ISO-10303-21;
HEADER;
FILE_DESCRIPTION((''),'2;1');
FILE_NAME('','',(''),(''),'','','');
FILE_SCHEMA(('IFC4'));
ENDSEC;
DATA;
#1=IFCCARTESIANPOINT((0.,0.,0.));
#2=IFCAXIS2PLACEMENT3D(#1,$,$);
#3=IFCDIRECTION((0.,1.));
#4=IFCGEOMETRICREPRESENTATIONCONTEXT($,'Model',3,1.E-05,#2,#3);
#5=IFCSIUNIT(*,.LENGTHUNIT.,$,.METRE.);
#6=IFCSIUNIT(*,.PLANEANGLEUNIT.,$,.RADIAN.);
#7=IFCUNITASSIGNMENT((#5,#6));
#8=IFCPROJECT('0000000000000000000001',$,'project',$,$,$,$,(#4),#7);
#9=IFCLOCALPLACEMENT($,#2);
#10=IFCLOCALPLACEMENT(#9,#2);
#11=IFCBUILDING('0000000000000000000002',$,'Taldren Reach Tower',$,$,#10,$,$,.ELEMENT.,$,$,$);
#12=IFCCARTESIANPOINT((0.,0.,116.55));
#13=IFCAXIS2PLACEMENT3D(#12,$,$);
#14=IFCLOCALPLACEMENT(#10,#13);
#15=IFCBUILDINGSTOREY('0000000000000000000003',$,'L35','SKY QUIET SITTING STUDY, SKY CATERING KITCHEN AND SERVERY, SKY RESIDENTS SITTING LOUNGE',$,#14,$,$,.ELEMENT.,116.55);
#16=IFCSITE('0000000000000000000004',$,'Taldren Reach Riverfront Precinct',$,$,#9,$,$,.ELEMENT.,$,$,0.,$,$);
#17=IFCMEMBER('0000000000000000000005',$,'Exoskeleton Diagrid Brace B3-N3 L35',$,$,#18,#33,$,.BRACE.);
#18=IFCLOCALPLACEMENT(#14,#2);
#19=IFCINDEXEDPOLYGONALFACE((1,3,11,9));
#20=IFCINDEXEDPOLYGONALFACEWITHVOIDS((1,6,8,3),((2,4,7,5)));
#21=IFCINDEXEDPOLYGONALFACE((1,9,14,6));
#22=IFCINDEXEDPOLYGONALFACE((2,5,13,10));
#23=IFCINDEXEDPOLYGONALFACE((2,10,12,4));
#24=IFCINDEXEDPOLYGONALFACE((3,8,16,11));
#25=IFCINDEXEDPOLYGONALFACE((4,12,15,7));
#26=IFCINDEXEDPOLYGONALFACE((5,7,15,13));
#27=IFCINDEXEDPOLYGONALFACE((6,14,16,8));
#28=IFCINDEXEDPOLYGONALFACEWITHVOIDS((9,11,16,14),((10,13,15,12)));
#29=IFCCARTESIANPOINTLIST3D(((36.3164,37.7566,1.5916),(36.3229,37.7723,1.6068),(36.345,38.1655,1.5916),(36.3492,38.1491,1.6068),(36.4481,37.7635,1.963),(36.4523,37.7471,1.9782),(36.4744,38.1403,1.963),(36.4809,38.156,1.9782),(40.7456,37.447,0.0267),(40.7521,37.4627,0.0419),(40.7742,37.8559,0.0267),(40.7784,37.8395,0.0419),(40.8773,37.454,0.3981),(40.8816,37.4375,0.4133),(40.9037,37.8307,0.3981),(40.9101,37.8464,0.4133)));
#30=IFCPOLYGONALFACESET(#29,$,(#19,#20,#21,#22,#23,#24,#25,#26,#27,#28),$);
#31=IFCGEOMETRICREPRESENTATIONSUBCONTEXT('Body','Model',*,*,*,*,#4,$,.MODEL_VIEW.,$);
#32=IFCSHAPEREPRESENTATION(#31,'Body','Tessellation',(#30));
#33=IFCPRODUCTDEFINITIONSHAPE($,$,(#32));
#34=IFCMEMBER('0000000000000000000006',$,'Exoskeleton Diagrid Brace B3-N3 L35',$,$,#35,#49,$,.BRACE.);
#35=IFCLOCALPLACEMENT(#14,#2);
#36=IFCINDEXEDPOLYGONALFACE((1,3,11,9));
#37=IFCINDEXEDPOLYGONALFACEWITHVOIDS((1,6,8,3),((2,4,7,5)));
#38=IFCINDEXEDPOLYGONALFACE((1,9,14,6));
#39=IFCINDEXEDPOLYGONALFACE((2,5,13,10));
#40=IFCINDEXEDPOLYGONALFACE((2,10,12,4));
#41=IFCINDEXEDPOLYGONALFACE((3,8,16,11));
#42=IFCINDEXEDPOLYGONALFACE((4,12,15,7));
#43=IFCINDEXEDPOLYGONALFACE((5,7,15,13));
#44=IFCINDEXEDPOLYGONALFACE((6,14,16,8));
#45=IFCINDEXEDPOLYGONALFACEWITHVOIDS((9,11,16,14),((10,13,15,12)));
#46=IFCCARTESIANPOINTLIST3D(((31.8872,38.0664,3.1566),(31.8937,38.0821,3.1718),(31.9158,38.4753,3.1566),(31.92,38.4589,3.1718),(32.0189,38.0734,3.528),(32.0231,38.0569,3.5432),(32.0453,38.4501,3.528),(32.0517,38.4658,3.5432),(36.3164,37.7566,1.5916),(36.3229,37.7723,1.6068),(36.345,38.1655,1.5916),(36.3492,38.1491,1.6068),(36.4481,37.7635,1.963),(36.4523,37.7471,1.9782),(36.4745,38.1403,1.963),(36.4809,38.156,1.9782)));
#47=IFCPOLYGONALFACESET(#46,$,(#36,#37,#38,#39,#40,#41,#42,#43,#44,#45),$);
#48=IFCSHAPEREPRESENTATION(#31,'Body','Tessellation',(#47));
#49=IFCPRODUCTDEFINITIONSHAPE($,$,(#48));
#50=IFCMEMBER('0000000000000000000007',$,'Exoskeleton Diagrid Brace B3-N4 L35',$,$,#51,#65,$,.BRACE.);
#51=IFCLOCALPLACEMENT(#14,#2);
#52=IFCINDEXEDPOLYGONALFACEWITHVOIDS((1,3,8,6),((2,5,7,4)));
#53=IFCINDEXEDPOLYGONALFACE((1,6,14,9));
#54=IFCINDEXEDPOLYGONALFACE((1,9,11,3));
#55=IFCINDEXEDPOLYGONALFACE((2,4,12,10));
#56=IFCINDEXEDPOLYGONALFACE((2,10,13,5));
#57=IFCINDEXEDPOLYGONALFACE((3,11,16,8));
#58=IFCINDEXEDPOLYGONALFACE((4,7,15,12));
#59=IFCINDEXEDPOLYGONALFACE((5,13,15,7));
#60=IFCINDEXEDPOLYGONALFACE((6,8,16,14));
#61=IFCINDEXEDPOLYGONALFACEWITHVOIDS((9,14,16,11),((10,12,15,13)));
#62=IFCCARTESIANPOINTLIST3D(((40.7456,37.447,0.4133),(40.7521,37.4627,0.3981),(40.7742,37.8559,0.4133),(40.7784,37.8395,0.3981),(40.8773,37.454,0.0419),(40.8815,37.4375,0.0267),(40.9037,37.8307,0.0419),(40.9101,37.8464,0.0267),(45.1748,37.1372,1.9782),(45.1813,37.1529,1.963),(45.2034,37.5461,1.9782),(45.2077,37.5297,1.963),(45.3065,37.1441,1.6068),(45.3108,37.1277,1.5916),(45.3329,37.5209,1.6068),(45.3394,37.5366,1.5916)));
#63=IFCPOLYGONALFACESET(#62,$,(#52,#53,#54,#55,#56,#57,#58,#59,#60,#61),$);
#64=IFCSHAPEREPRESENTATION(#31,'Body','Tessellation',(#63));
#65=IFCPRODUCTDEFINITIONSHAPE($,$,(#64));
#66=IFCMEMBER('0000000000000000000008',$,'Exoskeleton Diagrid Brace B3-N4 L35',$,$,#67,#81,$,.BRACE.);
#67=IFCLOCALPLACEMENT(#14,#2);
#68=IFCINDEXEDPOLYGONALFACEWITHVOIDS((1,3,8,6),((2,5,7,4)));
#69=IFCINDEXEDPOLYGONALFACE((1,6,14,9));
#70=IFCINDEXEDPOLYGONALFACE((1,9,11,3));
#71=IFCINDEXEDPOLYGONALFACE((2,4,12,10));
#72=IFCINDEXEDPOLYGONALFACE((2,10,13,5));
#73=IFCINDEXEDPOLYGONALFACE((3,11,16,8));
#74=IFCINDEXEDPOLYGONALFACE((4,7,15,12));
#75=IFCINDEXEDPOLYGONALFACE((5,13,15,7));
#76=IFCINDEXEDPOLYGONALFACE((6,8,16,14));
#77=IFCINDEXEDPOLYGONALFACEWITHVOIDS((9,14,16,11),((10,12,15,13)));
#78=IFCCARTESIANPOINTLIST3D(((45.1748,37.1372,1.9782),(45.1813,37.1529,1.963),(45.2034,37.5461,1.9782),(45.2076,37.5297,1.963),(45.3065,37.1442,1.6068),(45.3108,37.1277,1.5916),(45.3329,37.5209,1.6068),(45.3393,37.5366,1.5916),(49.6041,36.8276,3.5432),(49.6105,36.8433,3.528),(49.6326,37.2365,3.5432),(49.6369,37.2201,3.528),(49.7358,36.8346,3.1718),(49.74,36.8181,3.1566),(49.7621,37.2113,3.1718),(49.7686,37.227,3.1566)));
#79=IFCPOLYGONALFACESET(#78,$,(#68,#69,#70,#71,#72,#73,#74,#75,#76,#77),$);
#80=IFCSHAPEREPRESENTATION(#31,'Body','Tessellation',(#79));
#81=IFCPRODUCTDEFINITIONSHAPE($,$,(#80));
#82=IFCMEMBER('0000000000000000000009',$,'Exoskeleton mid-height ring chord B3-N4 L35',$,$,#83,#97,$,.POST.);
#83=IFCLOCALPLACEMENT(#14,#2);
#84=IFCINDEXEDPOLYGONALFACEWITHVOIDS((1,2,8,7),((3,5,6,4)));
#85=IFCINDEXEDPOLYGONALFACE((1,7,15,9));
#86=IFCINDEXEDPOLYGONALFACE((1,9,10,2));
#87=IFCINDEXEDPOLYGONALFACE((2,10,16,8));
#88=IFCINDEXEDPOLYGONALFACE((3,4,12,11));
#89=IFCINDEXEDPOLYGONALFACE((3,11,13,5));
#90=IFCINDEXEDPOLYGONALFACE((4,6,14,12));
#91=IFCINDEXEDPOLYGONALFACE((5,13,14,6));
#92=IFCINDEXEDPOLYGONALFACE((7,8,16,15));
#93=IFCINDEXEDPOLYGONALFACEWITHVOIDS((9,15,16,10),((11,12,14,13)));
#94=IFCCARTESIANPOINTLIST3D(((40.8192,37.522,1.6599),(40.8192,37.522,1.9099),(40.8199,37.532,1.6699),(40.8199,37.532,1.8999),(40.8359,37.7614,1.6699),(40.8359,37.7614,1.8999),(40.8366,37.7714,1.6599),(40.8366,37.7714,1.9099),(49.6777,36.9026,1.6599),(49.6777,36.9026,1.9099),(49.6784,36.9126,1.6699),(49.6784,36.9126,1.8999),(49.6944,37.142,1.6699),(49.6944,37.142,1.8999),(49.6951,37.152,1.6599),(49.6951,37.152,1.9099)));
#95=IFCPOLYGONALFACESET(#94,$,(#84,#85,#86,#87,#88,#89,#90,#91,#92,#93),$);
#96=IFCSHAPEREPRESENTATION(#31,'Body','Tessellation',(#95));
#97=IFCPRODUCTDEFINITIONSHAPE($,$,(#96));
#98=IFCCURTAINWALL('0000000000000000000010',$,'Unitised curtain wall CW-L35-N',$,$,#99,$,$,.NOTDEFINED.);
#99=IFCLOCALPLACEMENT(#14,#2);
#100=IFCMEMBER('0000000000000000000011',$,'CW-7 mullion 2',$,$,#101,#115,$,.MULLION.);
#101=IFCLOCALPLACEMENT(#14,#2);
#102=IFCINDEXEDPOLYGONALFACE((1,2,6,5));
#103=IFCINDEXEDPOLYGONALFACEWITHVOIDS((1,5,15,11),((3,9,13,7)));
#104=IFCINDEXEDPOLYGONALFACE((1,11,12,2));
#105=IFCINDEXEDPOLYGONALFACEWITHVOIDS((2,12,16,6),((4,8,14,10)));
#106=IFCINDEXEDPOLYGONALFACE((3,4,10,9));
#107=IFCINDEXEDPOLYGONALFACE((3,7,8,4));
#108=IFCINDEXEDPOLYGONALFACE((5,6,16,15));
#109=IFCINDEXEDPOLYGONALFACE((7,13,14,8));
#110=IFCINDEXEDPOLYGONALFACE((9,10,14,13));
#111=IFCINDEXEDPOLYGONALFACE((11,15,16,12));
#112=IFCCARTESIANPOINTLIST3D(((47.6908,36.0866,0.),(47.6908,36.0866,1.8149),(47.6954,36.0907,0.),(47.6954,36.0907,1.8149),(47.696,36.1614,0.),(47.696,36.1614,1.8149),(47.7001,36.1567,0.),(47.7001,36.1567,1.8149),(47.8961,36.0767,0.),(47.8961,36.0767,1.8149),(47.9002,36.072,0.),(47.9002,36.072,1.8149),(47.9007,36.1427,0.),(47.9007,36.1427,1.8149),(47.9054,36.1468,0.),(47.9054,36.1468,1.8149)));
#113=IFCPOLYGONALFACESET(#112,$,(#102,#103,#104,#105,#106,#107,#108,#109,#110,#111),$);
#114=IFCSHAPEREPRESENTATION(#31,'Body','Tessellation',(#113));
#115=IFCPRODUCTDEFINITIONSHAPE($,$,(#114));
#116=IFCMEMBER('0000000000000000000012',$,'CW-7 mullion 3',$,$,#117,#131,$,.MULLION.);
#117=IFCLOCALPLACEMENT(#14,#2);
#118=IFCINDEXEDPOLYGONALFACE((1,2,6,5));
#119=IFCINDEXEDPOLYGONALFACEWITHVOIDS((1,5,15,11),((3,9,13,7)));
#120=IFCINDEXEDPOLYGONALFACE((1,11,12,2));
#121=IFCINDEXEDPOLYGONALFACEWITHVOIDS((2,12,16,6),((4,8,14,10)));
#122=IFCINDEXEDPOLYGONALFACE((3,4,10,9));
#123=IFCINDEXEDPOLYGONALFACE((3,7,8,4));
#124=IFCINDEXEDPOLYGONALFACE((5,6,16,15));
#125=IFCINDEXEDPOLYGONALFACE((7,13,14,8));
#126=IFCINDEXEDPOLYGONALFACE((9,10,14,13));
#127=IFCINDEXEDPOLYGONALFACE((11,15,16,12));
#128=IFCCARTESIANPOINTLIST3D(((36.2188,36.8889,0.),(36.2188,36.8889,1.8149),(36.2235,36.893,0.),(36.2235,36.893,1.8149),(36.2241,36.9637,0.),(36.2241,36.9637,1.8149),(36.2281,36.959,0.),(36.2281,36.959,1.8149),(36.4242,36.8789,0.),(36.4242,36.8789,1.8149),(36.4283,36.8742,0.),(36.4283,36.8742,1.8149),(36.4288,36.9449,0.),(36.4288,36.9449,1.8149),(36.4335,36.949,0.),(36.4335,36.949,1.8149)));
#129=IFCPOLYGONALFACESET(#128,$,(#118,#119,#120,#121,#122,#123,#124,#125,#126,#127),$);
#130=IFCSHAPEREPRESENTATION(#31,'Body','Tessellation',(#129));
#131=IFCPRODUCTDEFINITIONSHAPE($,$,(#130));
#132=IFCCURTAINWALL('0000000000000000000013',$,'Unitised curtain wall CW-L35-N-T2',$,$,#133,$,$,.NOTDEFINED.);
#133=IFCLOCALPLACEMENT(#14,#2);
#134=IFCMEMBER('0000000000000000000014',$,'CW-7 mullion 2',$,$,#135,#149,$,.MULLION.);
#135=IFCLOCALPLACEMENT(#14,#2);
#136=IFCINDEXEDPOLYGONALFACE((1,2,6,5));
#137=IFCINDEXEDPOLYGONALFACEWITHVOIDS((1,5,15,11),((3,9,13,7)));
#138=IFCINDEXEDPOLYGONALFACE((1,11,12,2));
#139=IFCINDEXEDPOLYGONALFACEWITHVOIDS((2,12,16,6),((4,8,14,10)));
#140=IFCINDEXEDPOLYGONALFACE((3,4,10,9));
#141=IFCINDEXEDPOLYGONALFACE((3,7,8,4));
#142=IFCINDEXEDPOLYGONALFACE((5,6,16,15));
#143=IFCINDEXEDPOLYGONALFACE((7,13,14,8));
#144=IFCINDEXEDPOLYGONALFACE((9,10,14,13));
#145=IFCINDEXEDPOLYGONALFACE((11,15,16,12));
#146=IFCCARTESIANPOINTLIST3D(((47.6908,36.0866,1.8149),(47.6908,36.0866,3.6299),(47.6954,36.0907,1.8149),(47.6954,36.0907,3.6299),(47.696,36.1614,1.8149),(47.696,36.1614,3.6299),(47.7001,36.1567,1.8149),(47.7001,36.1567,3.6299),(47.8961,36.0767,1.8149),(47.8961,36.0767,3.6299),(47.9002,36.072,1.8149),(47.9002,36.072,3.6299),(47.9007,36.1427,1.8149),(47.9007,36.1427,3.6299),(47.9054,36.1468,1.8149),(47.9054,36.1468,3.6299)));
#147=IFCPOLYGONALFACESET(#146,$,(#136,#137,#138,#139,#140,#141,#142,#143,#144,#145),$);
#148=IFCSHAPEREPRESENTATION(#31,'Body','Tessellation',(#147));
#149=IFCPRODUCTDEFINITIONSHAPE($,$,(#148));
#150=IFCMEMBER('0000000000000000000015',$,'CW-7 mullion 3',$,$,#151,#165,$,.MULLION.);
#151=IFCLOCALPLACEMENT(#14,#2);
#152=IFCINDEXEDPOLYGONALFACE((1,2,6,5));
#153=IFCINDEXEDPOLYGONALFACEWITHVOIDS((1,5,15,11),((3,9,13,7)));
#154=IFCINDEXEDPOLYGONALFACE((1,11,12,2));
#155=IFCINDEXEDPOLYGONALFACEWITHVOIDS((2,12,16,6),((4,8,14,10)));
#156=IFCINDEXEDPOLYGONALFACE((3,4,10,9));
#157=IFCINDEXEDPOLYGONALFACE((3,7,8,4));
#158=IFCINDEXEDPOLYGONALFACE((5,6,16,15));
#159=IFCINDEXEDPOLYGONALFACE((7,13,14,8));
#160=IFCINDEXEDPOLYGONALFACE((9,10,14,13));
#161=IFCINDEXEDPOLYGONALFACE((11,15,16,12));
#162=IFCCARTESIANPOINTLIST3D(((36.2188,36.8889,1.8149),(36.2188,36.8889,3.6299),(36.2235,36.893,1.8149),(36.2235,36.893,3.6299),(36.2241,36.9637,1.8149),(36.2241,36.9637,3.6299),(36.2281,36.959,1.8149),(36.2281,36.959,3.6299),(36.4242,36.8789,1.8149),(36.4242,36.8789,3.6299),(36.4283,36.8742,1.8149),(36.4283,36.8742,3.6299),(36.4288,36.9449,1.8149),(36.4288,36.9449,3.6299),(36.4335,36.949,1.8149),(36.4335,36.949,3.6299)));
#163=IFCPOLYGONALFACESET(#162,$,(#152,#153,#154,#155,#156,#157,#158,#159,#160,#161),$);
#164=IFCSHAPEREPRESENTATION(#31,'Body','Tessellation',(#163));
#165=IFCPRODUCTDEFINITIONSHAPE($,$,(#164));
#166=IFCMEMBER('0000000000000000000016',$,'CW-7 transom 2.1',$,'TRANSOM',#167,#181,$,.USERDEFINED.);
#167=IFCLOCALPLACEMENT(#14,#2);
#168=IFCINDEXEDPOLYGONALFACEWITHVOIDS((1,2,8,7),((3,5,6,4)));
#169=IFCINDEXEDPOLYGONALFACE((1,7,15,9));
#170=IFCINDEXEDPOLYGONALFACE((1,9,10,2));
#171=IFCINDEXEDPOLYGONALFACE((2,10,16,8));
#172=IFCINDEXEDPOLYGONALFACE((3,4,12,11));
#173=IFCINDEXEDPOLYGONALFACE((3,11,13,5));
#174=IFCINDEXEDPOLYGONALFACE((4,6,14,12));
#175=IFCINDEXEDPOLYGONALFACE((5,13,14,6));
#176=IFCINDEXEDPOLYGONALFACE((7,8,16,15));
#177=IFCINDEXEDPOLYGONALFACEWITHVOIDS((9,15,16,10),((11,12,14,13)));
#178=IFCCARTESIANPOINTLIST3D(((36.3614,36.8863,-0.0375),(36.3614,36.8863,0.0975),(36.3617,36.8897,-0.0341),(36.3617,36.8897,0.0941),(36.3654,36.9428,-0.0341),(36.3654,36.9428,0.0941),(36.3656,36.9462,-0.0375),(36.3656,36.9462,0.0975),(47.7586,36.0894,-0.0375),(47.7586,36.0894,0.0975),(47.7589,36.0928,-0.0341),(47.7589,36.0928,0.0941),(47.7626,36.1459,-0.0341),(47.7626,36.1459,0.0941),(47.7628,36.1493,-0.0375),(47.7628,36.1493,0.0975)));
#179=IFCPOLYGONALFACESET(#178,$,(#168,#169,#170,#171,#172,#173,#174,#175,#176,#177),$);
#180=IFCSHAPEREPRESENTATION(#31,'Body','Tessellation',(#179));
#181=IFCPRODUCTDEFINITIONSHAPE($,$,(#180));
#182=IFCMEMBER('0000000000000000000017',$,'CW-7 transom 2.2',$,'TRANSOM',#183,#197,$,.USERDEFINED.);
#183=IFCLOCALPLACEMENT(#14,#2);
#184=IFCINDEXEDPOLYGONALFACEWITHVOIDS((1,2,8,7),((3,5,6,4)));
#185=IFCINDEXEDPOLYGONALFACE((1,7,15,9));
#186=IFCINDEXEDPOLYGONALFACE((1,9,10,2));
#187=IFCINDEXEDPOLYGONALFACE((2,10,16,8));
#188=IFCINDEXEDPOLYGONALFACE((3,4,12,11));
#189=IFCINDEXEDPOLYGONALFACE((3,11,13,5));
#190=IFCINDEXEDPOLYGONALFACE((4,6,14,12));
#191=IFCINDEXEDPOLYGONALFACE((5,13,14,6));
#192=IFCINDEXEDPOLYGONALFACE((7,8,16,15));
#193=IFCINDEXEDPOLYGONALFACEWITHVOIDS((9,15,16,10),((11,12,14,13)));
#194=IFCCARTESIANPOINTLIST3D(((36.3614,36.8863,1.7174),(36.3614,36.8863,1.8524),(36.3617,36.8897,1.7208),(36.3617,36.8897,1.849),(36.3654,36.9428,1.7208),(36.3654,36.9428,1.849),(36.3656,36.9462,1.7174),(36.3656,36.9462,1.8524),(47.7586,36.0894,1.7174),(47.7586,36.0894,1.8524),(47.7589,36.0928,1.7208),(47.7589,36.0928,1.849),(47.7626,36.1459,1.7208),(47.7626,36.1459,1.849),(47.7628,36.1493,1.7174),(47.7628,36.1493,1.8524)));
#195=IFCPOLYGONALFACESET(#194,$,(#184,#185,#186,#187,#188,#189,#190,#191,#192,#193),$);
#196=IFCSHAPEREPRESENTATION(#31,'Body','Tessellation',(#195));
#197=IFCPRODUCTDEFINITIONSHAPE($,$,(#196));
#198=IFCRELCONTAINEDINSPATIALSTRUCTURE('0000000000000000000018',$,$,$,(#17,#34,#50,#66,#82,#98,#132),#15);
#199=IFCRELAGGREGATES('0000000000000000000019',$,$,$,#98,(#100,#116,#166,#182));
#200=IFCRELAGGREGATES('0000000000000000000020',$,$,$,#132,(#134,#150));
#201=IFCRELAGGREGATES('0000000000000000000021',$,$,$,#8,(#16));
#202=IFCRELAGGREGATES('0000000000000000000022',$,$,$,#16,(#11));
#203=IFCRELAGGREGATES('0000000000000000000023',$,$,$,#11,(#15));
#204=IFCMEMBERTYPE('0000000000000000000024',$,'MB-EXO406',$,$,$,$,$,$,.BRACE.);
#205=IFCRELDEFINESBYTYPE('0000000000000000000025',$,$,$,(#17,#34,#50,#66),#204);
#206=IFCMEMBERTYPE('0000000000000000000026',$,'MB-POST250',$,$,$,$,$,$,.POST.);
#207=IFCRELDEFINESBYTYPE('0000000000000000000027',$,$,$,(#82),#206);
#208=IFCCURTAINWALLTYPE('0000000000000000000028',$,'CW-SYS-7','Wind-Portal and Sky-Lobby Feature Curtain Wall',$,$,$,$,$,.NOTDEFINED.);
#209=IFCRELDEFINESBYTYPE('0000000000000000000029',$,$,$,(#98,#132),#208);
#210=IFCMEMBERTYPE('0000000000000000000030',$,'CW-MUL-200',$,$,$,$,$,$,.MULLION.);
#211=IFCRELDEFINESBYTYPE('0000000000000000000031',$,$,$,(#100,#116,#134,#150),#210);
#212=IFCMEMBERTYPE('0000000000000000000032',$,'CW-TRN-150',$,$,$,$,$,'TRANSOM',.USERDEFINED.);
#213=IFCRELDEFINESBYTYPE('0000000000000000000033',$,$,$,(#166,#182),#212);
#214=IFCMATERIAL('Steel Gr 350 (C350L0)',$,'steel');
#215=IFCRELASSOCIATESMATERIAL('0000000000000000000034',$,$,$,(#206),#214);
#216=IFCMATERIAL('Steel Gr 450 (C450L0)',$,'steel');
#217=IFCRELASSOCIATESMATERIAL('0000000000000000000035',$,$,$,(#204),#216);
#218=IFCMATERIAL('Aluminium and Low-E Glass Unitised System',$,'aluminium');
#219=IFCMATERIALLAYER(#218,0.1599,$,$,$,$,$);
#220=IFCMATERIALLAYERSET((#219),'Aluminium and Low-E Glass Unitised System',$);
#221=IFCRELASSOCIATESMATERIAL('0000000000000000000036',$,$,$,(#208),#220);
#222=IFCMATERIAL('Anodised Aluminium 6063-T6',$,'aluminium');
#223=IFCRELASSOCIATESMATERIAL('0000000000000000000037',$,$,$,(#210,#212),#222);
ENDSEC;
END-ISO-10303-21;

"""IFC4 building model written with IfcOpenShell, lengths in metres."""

from ifc_helpers import new_model, si_unit, direction, frame, origin, origin_2d, place, context, subcontext, project, spatial, hollow_rectangle, extrude, source, transform, mapped, material, layer, layer_set, material_profile, profile_set, type_object, element, aggregate, save


model = new_model("IFC4")

# Units and contexts
model_context = context("Model", 3, precision=1e-05, world=origin(), true_north=direction((0.0, 1.0)))
body_context = subcontext(model_context, "Body", "Model", "MODEL_VIEW")
ifc_project = project(units=[si_unit("LENGTHUNIT", "METRE"), si_unit("PLANEANGLEUNIT", "RADIAN")], contexts=[model_context])

# Site, building, storey
site_placement = place(None, origin())
site = spatial("IfcSite", under=ifc_project, at=site_placement, Name="Taldren Reach Riverfront Precinct", CompositionType="ELEMENT", RefElevation=0.0)
building_placement = place(site_placement, origin())
building = spatial("IfcBuilding", under=site, at=building_placement, Name="Taldren Reach Tower", CompositionType="ELEMENT")
storey_placement = place(building_placement, frame((0.0, 0.0, 116.55)))
storey = spatial("IfcBuildingStorey", under=building, at=storey_placement, Name="L35", Description="SKY QUIET SITTING STUDY, SKY CATERING KITCHEN AND SERVERY, SKY RESIDENTS SITTING LOUNGE", CompositionType="ELEMENT", Elevation=116.55)

# Shared definitions
ifc_material_1 = material(Name="Steel Gr 450 (C450L0)", Category="steel")
ifc_material_2 = material(Name="Steel Gr 350 (C350L0)", Category="steel")
ifc_material_profile_1 = material_profile(ifc_material_2, hollow_rectangle(XDim=0.25, YDim=0.25, WallThickness=0.01, at=origin_2d()), Name="250x250x10.0SHS")
ifc_profile_set_1 = profile_set([ifc_material_profile_1], Name="Steel Gr 350 (C350L0)")
member_type_1 = type_object("IfcMemberType", Name="MB-POST250", PredefinedType="POST", material=ifc_profile_set_1)

# Members
ifc_material_profile_2 = material_profile(ifc_material_1, hollow_rectangle(XDim=0.4099, YDim=0.4099, WallThickness=0.0161, at=origin_2d()), Name="410x410x16.0SHS")
ifc_profile_set_2 = profile_set([ifc_material_profile_2], Name="Steel Gr 450 (C450L0)")
member_type_2 = type_object("IfcMemberType", Name="MB-EXO406", PredefinedType="BRACE", material=ifc_profile_set_2)
shared_shape_1 = source(origin(), body_context, "Body", "SweptSolid", [
    extrude(hollow_rectangle(XDim=0.4099, YDim=0.4099, WallThickness=0.0161, at=origin_2d()), origin(), (0.0, 0.0, 1.0), 4.7078),
])
for number, where, z_axis, x_axis, name in (
    (1, (40.8279, 37.6467, 0.22), (-0.940836, 0.065758, 0.33242), (-0.069723, -0.997566, 0.0), "Exoskeleton Diagrid Brace B3-N3 L35"),
    (2, (36.3987, 37.9563, 1.7849), (-0.940833, 0.06581, 0.332419), (-0.069778, -0.997563, 0.0), "Exoskeleton Diagrid Brace B3-N3 L35"),
    (3, (40.8279, 37.6467, 0.22), (0.940833, -0.06581, 0.332419), (0.069778, 0.997563, 0.0), "Exoskeleton Diagrid Brace B3-N4 L35"),
    (4, (45.2571, 37.3369, 1.7849), (0.940836, -0.065758, 0.33242), (0.069723, 0.997566, 0.0), "Exoskeleton Diagrid Brace B3-N4 L35"),
):
    element("IfcMember", number, at=place(storey_placement, frame(where, z_axis=z_axis, x_axis=x_axis)), inside=storey, type_object=member_type_2, Name=name, PredefinedType="BRACE", context=body_context, shape_type="MappedRepresentation", body=[
        mapped(shared_shape_1, transform((0.0, 0.0, 0.0), scale=1.0)),
    ])
shared_shape_2 = source(origin(), body_context, "Body", "SweptSolid", [
    extrude(hollow_rectangle(XDim=0.25, YDim=0.25, WallThickness=0.01, at=origin_2d()), origin(), (0.0, 0.0, 1.0), 8.8801),
])
member_1_placement = place(storey_placement, frame((40.8279, 37.6467, 1.7849), z_axis=(0.997564, -0.06975, 0.0), x_axis=(0.06975, 0.997564, 0.0)))
element("IfcMember", 5, at=member_1_placement, inside=storey, type_object=member_type_1, Name="Exoskeleton mid-height ring chord B3-N4 L35", PredefinedType="POST", context=body_context, shape_type="MappedRepresentation", body=[
    mapped(shared_shape_2, transform((0.0, 0.0, 0.0), scale=1.0)),
])

# Curtain walls, members
ifc_material_3 = material(Name="Aluminium and Low-E Glass Unitised System", Category="aluminium")
ifc_layer_1 = layer(ifc_material_3, 0.1599)
ifc_layer_set_1 = layer_set([ifc_layer_1], Name="Aluminium and Low-E Glass Unitised System")
curtain_wall_type = type_object("IfcCurtainWallType", Name="CW-SYS-7", Description="Wind-Portal and Sky-Lobby Feature Curtain Wall", PredefinedType="NOTDEFINED", material=ifc_layer_set_1)
curtain_wall_1_placement = place(storey_placement, origin())
curtain_wall_1 = element("IfcCurtainWall", 6, at=curtain_wall_1_placement, inside=storey, type_object=curtain_wall_type, Name="Unitised curtain wall CW-L35-N", PredefinedType="NOTDEFINED")
ifc_material_4 = material(Name="Anodised Aluminium 6063-T6", Category="aluminium")
ifc_material_profile_3 = material_profile(ifc_material_4, hollow_rectangle(XDim=0.075, YDim=0.21, WallThickness=0.0044, at=origin_2d()), Name="ALU-210x75x4.5RHS")
ifc_profile_set_3 = profile_set([ifc_material_profile_3], Name="Anodised Aluminium 6063-T6")
member_type_3 = type_object("IfcMemberType", Name="CW-MUL-200", PredefinedType="MULLION", material=ifc_profile_set_3)
shared_shape_3 = source(origin(), body_context, "Body", "SweptSolid", [
    extrude(hollow_rectangle(XDim=0.075, YDim=0.21, WallThickness=0.0044, at=origin_2d()), origin(), (0.0, 0.0, 1.0), 1.8149),
])
member_2_placement = place(storey_placement, frame((47.7981, 36.1167, 0.0), z_axis=(0.0, 0.0, 1.0), x_axis=(-0.069757, -0.997564, 0.0)))
member_2 = element("IfcMember", 7, at=member_2_placement, type_object=member_type_3, Name="CW-7 mullion 2", PredefinedType="MULLION", context=body_context, shape_type="MappedRepresentation", body=[
    mapped(shared_shape_3, transform((0.0, 0.0, 0.0), scale=1.0)),
])
member_3_placement = place(storey_placement, frame((36.3262, 36.9189, 0.0), z_axis=(0.0, 0.0, 1.0), x_axis=(-0.069757, -0.997564, 0.0)))
member_3 = element("IfcMember", 8, at=member_3_placement, type_object=member_type_3, Name="CW-7 mullion 3", PredefinedType="MULLION", context=body_context, shape_type="MappedRepresentation", body=[
    mapped(shared_shape_3, transform((0.0, 0.0, 0.0), scale=1.0)),
])
curtain_wall_2_placement = place(storey_placement, origin())
curtain_wall_2 = element("IfcCurtainWall", 9, at=curtain_wall_2_placement, inside=storey, type_object=curtain_wall_type, Name="Unitised curtain wall CW-L35-N-T2", PredefinedType="NOTDEFINED")
member_4_placement = place(storey_placement, frame((47.7981, 36.1167, 1.8149), z_axis=(0.0, 0.0, 1.0), x_axis=(-0.069757, -0.997564, 0.0)))
member_4 = element("IfcMember", 10, at=member_4_placement, type_object=member_type_3, Name="CW-7 mullion 2", PredefinedType="MULLION", context=body_context, shape_type="MappedRepresentation", body=[
    mapped(shared_shape_3, transform((0.0, 0.0, 0.0), scale=1.0)),
])
member_5_placement = place(storey_placement, frame((36.3262, 36.9189, 1.8149), z_axis=(0.0, 0.0, 1.0), x_axis=(-0.069757, -0.997564, 0.0)))
member_5 = element("IfcMember", 11, at=member_5_placement, type_object=member_type_3, Name="CW-7 mullion 3", PredefinedType="MULLION", context=body_context, shape_type="MappedRepresentation", body=[
    mapped(shared_shape_3, transform((0.0, 0.0, 0.0), scale=1.0)),
])

# Members
ifc_material_profile_4 = material_profile(ifc_material_4, hollow_rectangle(XDim=0.0601, YDim=0.135, WallThickness=0.0034, at=origin_2d()), Name="ALU-135x60x3.5RHS")
ifc_profile_set_4 = profile_set([ifc_material_profile_4], Name="Anodised Aluminium 6063-T6")
member_type_4 = type_object("IfcMemberType", Name="CW-TRN-150", ElementType="TRANSOM", PredefinedType="USERDEFINED", material=ifc_profile_set_4)
shared_shape_4 = source(origin(), body_context, "Body", "SweptSolid", [
    extrude(hollow_rectangle(XDim=0.0601, YDim=0.135, WallThickness=0.0034, at=origin_2d()), origin(), (0.0, 0.0, 1.0), 11.425),
])
member_6_placement = place(storey_placement, frame((47.7607, 36.1194, 0.03), z_axis=(-0.997565, 0.069748, 0.0), x_axis=(-0.069748, -0.997565, 0.0)))
member_6 = element("IfcMember", 12, at=member_6_placement, type_object=member_type_4, Name="CW-7 transom 2.1", ObjectType="TRANSOM", PredefinedType="USERDEFINED", context=body_context, shape_type="MappedRepresentation", body=[
    mapped(shared_shape_4, transform((0.0, 0.0, 0.0), scale=1.0)),
])
member_7_placement = place(storey_placement, frame((47.7607, 36.1194, 1.7849), z_axis=(-0.997565, 0.069748, 0.0), x_axis=(-0.069748, -0.997565, 0.0)))
member_7 = element("IfcMember", 13, at=member_7_placement, type_object=member_type_4, Name="CW-7 transom 2.2", ObjectType="TRANSOM", PredefinedType="USERDEFINED", context=body_context, shape_type="MappedRepresentation", body=[
    mapped(shared_shape_4, transform((0.0, 0.0, 0.0), scale=1.0)),
])

aggregate(curtain_wall_1, [member_2, member_3, member_6, member_7])
aggregate(curtain_wall_2, [member_4, member_5])

save(model, "model.ifc")
